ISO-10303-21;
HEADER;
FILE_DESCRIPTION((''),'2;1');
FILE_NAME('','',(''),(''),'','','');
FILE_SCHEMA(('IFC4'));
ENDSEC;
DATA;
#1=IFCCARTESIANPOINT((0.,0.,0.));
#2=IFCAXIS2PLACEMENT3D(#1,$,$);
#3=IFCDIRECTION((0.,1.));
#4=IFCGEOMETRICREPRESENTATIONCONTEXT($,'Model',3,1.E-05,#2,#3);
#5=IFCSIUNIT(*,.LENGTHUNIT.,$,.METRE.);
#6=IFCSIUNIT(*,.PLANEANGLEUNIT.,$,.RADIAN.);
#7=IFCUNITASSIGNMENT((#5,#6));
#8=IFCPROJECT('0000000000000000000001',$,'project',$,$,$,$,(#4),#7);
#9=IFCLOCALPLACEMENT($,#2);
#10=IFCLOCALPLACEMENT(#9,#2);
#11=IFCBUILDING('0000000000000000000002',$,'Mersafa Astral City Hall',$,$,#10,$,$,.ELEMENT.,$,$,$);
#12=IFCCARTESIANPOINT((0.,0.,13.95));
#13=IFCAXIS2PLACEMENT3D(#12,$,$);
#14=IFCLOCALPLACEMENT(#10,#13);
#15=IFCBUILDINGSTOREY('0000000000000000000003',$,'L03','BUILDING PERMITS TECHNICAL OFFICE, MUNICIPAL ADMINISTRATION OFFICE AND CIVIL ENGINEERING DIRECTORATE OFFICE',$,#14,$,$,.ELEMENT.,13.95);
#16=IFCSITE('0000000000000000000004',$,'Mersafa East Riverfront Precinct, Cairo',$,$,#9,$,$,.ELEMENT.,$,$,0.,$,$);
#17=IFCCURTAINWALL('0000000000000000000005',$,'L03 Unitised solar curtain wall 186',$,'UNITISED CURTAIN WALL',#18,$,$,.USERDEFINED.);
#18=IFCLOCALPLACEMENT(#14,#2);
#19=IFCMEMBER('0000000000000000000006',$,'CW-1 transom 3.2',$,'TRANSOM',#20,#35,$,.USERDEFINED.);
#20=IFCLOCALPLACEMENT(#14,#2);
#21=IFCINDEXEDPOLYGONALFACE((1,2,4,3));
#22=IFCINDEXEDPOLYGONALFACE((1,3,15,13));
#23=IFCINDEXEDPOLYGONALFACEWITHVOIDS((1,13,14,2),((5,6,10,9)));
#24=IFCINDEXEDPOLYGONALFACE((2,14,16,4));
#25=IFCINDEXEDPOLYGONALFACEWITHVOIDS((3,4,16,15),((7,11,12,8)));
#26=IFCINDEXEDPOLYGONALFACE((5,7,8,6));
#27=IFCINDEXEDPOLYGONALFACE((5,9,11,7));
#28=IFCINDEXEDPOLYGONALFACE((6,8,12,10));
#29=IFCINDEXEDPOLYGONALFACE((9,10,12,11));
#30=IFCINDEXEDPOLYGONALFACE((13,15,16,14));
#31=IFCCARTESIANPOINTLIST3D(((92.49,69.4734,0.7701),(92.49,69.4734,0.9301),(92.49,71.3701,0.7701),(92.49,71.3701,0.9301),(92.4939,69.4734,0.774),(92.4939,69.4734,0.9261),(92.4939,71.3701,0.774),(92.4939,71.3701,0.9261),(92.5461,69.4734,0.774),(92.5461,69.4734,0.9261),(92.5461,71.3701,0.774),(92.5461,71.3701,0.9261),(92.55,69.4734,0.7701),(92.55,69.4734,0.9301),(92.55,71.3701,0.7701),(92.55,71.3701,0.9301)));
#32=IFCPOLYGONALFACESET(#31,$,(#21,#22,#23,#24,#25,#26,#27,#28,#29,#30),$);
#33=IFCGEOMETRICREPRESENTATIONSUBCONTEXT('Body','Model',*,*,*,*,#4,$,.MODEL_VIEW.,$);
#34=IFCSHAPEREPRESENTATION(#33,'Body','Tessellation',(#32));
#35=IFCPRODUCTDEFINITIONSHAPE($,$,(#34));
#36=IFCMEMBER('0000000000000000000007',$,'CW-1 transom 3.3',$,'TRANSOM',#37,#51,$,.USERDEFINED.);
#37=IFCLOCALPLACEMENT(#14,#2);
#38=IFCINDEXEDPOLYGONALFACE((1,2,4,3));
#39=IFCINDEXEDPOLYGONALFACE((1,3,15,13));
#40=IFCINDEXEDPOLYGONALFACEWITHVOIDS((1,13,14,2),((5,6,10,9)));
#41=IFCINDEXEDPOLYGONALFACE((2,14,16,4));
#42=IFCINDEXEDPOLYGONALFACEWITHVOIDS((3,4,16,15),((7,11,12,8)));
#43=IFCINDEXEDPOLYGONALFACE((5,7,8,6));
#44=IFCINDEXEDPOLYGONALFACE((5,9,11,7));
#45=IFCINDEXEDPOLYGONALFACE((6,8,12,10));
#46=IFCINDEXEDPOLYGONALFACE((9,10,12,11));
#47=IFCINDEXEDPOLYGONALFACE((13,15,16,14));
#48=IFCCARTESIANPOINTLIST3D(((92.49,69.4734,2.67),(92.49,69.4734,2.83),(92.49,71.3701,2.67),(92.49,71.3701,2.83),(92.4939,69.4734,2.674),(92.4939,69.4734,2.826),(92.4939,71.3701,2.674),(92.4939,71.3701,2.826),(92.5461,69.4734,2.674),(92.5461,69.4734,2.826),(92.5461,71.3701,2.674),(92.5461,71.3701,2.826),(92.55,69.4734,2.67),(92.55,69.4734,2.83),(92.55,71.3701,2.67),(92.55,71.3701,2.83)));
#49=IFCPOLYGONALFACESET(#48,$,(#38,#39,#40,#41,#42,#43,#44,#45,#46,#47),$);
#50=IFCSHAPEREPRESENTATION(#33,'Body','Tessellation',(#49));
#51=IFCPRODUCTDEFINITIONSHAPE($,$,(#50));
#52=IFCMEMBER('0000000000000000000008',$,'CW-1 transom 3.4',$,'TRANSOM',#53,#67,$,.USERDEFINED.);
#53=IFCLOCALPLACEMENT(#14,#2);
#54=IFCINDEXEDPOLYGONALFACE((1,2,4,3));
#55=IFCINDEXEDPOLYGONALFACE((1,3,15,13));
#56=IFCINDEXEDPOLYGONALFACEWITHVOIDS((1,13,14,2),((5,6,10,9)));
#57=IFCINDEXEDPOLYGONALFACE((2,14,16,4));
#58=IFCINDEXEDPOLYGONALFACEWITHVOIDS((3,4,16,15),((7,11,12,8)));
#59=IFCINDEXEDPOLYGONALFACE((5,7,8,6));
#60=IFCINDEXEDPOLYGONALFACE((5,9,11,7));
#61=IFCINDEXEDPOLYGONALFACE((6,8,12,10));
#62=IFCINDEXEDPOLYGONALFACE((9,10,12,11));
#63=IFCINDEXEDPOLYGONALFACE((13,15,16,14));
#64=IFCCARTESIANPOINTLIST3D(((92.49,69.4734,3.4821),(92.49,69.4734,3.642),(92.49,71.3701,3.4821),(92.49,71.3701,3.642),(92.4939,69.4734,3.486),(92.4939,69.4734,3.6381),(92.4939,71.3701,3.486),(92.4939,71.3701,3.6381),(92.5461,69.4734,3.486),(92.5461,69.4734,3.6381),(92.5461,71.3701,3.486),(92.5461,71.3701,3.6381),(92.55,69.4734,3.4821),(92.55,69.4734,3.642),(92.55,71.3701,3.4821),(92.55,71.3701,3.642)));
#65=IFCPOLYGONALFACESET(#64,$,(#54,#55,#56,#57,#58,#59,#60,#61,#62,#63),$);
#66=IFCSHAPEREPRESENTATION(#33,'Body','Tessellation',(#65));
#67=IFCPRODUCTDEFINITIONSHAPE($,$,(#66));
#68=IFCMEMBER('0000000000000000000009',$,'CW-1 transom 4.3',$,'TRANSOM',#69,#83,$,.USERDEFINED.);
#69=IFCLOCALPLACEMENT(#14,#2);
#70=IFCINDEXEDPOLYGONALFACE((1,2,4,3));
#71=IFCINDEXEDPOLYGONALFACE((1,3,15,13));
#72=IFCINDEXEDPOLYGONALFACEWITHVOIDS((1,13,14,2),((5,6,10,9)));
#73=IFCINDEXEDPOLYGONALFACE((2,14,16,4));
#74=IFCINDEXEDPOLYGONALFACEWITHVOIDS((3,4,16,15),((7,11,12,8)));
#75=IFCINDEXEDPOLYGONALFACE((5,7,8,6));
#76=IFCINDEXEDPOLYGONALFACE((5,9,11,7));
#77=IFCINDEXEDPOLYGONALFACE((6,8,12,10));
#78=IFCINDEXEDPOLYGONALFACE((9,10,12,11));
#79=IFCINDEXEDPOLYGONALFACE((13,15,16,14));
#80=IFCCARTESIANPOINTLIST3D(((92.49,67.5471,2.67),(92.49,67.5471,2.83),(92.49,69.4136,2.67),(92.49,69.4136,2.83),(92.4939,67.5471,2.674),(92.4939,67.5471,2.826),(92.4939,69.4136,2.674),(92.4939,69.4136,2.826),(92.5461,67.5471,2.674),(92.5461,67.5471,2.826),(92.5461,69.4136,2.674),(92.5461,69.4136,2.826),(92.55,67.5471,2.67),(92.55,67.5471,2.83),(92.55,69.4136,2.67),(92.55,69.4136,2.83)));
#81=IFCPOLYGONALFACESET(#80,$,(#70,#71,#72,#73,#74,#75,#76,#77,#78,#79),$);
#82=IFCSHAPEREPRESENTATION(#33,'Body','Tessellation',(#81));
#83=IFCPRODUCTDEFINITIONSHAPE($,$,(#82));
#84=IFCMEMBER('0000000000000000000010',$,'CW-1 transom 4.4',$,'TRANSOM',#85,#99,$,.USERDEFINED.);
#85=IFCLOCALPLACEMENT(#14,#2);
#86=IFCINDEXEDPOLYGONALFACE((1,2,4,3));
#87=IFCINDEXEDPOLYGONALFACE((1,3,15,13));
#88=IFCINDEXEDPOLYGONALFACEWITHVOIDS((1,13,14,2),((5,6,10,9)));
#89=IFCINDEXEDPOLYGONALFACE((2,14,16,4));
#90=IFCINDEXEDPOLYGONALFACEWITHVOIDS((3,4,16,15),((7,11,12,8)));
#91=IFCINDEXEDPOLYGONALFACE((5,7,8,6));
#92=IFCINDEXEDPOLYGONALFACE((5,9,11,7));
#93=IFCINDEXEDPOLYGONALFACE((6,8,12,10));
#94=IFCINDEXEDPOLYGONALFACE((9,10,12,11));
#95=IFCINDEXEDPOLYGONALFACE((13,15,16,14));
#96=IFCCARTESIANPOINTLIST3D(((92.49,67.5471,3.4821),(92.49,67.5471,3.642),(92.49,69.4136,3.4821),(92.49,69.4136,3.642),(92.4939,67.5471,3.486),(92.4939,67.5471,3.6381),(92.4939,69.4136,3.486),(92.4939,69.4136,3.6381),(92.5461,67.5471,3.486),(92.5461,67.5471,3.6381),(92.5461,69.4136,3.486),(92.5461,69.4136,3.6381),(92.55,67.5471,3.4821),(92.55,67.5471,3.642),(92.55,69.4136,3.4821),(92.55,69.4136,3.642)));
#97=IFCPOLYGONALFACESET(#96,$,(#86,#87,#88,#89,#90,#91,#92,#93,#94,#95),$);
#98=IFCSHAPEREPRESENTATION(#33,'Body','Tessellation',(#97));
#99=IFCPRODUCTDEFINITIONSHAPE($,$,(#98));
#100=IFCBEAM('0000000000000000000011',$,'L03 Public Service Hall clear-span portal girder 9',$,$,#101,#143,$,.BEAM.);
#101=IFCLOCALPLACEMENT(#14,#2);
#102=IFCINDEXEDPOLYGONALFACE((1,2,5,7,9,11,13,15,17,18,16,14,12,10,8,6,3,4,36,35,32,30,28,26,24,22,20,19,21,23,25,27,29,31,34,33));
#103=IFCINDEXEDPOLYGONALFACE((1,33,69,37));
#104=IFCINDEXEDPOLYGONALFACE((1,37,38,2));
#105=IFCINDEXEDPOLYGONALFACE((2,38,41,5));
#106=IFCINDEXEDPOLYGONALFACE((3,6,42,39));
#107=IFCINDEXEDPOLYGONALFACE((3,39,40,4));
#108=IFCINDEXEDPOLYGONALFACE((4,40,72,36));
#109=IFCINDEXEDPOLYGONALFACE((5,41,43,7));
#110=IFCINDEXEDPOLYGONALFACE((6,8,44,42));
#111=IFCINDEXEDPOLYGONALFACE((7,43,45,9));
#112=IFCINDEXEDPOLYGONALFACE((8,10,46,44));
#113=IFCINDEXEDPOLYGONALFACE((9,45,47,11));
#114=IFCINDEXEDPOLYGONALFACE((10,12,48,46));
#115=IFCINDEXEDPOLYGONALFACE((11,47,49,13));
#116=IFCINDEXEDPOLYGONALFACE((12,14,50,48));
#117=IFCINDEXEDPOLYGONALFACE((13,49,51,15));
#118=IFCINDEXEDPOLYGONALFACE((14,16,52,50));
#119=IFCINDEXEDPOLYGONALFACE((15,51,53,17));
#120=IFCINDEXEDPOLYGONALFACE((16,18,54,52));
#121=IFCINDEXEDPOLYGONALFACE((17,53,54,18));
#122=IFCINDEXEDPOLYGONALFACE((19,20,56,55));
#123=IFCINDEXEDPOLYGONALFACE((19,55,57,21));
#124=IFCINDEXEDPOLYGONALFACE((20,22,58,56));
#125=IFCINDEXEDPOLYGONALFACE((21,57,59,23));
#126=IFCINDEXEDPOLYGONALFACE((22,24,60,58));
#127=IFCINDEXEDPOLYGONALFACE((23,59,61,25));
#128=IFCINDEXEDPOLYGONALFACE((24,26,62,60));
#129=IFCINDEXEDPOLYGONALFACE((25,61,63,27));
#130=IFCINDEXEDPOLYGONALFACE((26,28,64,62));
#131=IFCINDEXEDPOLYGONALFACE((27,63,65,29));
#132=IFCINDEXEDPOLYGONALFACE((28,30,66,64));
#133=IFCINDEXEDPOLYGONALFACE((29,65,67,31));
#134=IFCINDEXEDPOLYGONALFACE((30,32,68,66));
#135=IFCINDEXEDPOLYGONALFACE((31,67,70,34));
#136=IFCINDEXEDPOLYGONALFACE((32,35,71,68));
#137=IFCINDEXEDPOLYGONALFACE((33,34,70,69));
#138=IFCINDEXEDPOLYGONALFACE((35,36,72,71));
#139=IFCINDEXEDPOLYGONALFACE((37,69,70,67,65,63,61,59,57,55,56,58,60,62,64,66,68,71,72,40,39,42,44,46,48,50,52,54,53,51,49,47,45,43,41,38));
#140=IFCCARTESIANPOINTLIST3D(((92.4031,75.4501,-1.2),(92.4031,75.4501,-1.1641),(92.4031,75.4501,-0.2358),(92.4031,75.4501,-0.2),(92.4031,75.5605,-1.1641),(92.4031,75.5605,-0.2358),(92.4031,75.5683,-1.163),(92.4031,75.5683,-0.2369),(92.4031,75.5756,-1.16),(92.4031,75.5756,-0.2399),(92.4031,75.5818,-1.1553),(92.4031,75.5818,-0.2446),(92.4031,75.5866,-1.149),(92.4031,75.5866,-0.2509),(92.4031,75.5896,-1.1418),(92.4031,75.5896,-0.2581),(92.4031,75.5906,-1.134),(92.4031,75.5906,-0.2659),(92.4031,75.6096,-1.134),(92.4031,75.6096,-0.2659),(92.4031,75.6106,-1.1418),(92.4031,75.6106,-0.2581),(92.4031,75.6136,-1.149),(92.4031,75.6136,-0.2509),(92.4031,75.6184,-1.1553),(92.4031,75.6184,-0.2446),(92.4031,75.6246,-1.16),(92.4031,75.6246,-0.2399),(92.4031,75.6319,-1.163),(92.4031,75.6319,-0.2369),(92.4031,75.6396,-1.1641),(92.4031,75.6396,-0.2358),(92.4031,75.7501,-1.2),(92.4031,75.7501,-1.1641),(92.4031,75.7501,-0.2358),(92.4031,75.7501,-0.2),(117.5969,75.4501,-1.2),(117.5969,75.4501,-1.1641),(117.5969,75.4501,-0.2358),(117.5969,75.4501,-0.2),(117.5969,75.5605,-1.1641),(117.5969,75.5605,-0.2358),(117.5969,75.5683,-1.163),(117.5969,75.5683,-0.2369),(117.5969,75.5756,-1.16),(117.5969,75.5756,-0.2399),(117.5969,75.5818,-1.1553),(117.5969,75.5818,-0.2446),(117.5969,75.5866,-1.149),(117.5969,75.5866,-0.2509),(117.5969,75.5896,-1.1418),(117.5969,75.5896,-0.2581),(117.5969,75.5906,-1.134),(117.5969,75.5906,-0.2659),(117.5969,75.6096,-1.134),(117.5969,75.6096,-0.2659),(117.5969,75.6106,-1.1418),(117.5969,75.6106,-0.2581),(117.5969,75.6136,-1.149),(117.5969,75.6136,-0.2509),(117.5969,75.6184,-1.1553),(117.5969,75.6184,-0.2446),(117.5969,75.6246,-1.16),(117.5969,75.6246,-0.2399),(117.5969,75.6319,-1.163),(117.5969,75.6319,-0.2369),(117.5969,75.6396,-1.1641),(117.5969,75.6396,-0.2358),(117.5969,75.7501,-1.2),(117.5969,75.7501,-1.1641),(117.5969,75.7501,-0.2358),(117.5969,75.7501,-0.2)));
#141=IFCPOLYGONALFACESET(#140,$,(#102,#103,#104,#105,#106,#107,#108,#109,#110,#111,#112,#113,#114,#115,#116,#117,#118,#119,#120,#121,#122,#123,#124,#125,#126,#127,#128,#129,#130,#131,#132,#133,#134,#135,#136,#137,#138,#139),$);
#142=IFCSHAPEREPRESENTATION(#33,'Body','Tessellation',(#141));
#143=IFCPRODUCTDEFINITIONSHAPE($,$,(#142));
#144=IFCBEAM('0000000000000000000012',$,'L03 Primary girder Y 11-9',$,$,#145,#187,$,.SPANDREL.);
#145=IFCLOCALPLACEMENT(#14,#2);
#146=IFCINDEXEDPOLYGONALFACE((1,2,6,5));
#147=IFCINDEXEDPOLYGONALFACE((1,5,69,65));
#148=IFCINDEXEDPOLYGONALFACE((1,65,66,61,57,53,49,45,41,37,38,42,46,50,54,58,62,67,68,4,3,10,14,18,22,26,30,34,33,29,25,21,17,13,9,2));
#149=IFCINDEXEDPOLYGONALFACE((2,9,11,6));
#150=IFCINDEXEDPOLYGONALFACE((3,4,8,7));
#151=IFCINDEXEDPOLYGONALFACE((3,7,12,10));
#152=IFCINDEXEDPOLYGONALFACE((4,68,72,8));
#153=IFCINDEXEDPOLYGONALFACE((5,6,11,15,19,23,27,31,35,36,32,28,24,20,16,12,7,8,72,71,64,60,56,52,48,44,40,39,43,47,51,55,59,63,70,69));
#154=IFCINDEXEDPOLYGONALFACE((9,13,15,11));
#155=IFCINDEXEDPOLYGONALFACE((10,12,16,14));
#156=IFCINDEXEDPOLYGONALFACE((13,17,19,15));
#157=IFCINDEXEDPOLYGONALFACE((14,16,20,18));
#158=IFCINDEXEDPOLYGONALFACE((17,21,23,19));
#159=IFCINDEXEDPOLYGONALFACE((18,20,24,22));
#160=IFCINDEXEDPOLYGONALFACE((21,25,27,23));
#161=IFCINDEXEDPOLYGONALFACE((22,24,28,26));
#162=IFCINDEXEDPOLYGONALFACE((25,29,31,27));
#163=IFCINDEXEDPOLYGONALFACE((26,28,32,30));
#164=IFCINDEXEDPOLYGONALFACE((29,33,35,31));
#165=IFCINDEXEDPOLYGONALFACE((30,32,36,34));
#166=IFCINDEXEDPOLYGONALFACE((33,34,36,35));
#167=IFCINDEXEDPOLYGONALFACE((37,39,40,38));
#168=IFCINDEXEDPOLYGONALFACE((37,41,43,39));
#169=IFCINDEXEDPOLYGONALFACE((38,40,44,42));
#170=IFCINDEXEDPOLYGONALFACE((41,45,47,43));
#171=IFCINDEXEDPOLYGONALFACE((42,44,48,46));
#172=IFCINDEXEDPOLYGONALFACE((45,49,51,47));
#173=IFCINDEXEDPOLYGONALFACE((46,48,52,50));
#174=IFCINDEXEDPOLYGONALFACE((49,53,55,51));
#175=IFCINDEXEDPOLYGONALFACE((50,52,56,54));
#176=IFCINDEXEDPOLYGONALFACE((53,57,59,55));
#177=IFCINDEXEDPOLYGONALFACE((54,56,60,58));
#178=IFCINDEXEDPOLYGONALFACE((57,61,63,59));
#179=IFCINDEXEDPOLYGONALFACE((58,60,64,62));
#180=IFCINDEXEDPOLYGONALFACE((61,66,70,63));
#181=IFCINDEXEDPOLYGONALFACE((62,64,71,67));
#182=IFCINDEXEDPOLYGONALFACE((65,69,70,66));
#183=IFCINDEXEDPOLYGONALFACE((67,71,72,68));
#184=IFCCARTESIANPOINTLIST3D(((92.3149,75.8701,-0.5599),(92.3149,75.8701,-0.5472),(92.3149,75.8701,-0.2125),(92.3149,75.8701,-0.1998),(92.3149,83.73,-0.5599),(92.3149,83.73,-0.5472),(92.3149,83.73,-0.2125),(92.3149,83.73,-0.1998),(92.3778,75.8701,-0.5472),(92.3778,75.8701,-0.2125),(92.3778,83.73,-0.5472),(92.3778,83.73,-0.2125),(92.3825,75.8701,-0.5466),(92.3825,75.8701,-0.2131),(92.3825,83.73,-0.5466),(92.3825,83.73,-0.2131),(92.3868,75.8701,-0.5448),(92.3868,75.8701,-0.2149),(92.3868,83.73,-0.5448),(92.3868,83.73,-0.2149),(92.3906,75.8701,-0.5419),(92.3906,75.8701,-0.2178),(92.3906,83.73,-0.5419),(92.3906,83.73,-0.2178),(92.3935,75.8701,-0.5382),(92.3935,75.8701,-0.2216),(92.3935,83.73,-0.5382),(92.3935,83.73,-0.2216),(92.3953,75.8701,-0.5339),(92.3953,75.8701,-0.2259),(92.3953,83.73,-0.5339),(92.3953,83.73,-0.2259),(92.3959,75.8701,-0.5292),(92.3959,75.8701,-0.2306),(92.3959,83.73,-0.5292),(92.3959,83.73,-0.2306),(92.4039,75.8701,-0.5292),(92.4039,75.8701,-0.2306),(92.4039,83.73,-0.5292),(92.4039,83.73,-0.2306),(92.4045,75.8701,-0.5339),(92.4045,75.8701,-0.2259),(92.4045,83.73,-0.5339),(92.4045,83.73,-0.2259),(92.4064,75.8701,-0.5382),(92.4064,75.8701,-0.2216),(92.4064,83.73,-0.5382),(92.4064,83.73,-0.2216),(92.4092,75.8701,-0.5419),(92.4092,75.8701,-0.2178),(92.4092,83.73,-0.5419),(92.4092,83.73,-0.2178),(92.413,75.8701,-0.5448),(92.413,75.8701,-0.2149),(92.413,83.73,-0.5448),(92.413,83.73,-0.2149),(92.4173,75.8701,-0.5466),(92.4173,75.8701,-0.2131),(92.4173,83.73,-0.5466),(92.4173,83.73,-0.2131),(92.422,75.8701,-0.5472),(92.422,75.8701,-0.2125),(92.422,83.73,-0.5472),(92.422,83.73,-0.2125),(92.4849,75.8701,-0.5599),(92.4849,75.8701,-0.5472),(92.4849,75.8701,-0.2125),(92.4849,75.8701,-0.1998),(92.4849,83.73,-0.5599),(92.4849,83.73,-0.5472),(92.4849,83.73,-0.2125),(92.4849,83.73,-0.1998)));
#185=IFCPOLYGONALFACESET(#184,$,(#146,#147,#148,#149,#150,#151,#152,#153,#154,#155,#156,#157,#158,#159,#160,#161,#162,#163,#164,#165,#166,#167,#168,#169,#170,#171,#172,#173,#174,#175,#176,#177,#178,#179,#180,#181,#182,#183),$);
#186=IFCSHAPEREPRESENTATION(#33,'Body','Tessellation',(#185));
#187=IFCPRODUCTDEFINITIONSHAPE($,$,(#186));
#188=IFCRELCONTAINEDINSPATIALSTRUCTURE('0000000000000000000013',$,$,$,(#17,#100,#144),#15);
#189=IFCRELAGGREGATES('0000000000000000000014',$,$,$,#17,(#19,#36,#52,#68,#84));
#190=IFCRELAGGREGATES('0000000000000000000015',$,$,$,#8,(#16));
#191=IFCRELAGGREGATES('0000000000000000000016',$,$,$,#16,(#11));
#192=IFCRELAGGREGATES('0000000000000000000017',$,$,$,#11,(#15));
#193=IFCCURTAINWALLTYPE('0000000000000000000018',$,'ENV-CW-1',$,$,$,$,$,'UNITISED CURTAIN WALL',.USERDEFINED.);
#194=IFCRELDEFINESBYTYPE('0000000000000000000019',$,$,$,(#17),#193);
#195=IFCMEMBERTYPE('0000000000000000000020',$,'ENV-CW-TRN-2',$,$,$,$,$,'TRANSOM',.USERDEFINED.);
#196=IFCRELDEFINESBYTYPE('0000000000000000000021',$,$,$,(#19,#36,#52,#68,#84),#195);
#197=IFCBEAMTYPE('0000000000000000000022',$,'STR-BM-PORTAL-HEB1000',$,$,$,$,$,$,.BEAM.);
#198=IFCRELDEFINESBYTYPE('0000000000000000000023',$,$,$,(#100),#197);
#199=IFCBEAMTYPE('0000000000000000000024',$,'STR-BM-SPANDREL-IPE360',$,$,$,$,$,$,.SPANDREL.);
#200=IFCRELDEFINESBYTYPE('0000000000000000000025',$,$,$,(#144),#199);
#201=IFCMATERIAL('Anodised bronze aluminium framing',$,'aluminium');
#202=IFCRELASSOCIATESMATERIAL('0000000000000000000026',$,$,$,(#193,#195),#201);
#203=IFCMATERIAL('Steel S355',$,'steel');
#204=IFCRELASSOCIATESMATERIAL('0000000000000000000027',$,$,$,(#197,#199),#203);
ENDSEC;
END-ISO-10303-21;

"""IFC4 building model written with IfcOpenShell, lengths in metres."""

from ifc_helpers import new_model, si_unit, direction, frame, origin, origin_2d, place, context, subcontext, project, spatial, hollow_rectangle, i_section, extrude, material, material_profile, profile_set, type_object, element, aggregate, save


model = new_model("IFC4")

# Units and contexts
model_context = context("Model", 3, precision=1e-05, world=origin(), true_north=direction((0.0, 1.0)))
body_context = subcontext(model_context, "Body", "Model", "MODEL_VIEW")
ifc_project = project(units=[si_unit("LENGTHUNIT", "METRE"), si_unit("PLANEANGLEUNIT", "RADIAN")], contexts=[model_context])

# Site, building, storey
site_placement = place(None, origin())
site = spatial("IfcSite", under=ifc_project, at=site_placement, Name="Mersafa East Riverfront Precinct, Cairo", CompositionType="ELEMENT", RefElevation=0.0)
building_placement = place(site_placement, origin())
building = spatial("IfcBuilding", under=site, at=building_placement, Name="Mersafa Astral City Hall", CompositionType="ELEMENT")
storey_placement = place(building_placement, frame((0.0, 0.0, 13.95)))
storey = spatial("IfcBuildingStorey", under=building, at=storey_placement, Name="L03", Description="BUILDING PERMITS TECHNICAL OFFICE, MUNICIPAL ADMINISTRATION OFFICE AND CIVIL ENGINEERING DIRECTORATE OFFICE", CompositionType="ELEMENT", Elevation=13.95)

# Shared definitions
ifc_material_1 = material(Name="Steel S355", Category="steel")

# Curtain wall, members
ifc_material_2 = material(Name="Anodised bronze aluminium framing", Category="aluminium")
curtain_wall_type = type_object("IfcCurtainWallType", Name="ENV-CW-1", ElementType="UNITISED CURTAIN WALL", PredefinedType="USERDEFINED", material=ifc_material_2)
curtain_wall_placement = place(storey_placement, origin())
curtain_wall = element("IfcCurtainWall", 1, at=curtain_wall_placement, inside=storey, type_object=curtain_wall_type, Name="L03 Unitised solar curtain wall 186", ObjectType="UNITISED CURTAIN WALL", PredefinedType="USERDEFINED")
ifc_material_profile_1 = material_profile(ifc_material_2, hollow_rectangle(XDim=0.0601, YDim=0.1599, WallThickness=0.0039, at=origin_2d()), Name="RHS 60x160x4")
ifc_profile_set_1 = profile_set([ifc_material_profile_1], Name="Anodised bronze aluminium framing")
member_type_1 = type_object("IfcMemberType", Name="ENV-CW-TRN-2", ElementType="TRANSOM", PredefinedType="USERDEFINED", material=ifc_profile_set_1)
member_1_placement = place(storey_placement, frame((92.52, 71.3701, 0.8501), z_axis=(0.0, -1.0, 0.0), x_axis=(1.0, 0.0, 0.0)))
member_1 = element("IfcMember", 2, at=member_1_placement, type_object=member_type_1, Name="CW-1 transom 3.2", ObjectType="TRANSOM", PredefinedType="USERDEFINED", context=body_context, shape_type="SweptSolid", body=[
    extrude(hollow_rectangle(XDim=0.0601, YDim=0.1599, WallThickness=0.0039, at=origin_2d()), origin(), (0.0, 0.0, 1.0), 1.8967),
])
member_2_placement = place(storey_placement, frame((92.52, 71.3701, 2.75), z_axis=(0.0, -1.0, 0.0), x_axis=(1.0, 0.0, 0.0)))
member_2 = element("IfcMember", 3, at=member_2_placement, type_object=member_type_1, Name="CW-1 transom 3.3", ObjectType="TRANSOM", PredefinedType="USERDEFINED", context=body_context, shape_type="SweptSolid", body=[
    extrude(hollow_rectangle(XDim=0.0601, YDim=0.1599, WallThickness=0.0039, at=origin_2d()), origin(), (0.0, 0.0, 1.0), 1.8967),
])
member_3_placement = place(storey_placement, frame((92.52, 71.3701, 3.562), z_axis=(0.0, -1.0, 0.0), x_axis=(1.0, 0.0, 0.0)))
member_3 = element("IfcMember", 4, at=member_3_placement, type_object=member_type_1, Name="CW-1 transom 3.4", ObjectType="TRANSOM", PredefinedType="USERDEFINED", context=body_context, shape_type="SweptSolid", body=[
    extrude(hollow_rectangle(XDim=0.0601, YDim=0.1599, WallThickness=0.0039, at=origin_2d()), origin(), (0.0, 0.0, 1.0), 1.8967),
])
member_4_placement = place(storey_placement, frame((92.52, 69.4136, 2.75), z_axis=(0.0, -1.0, 0.0), x_axis=(1.0, 0.0, 0.0)))
member_4 = element("IfcMember", 5, at=member_4_placement, type_object=member_type_1, Name="CW-1 transom 4.3", ObjectType="TRANSOM", PredefinedType="USERDEFINED", context=body_context, shape_type="SweptSolid", body=[
    extrude(hollow_rectangle(XDim=0.0601, YDim=0.1599, WallThickness=0.0039, at=origin_2d()), origin(), (0.0, 0.0, 1.0), 1.8665),
])
member_5_placement = place(storey_placement, frame((92.52, 69.4136, 3.562), z_axis=(0.0, -1.0, 0.0), x_axis=(1.0, 0.0, 0.0)))
member_5 = element("IfcMember", 6, at=member_5_placement, type_object=member_type_1, Name="CW-1 transom 4.4", ObjectType="TRANSOM", PredefinedType="USERDEFINED", context=body_context, shape_type="SweptSolid", body=[
    extrude(hollow_rectangle(XDim=0.0601, YDim=0.1599, WallThickness=0.0039, at=origin_2d()), origin(), (0.0, 0.0, 1.0), 1.8665),
])

# Beams
ifc_material_profile_2 = material_profile(ifc_material_1, i_section(OverallWidth=0.3, OverallDepth=1.0, WebThickness=0.019, FlangeThickness=0.0359, FilletRadius=0.03, at=origin_2d()), Name="HEB 1000")
ifc_profile_set_2 = profile_set([ifc_material_profile_2], Name="Steel S355")
beam_type_1 = type_object("IfcBeamType", Name="STR-BM-PORTAL-HEB1000", PredefinedType="BEAM", material=ifc_profile_set_2)
beam_1_placement = place(storey_placement, frame((92.4031, 75.6001, -0.7), z_axis=(1.0, 0.0, 0.0), x_axis=(0.0, 1.0, 0.0)))
element("IfcBeam", 7, at=beam_1_placement, inside=storey, type_object=beam_type_1, Name="L03 Public Service Hall clear-span portal girder 9", PredefinedType="BEAM", context=body_context, shape_type="SweptSolid", body=[
    extrude(i_section(OverallWidth=0.3, OverallDepth=1.0, WebThickness=0.019, FlangeThickness=0.0359, FilletRadius=0.03, at=origin_2d()), origin(), (0.0, 0.0, 1.0), 25.1938),
])
ifc_material_profile_3 = material_profile(ifc_material_1, i_section(OverallWidth=0.1699, OverallDepth=0.3601, WebThickness=0.0081, FlangeThickness=0.0127, FilletRadius=0.0181, at=origin_2d()), Name="IPE 360")
ifc_profile_set_3 = profile_set([ifc_material_profile_3], Name="Steel S355")
beam_type_2 = type_object("IfcBeamType", Name="STR-BM-SPANDREL-IPE360", PredefinedType="SPANDREL", material=ifc_profile_set_3)
beam_2_placement = place(storey_placement, frame((92.3999, 75.8701, -0.3799), z_axis=(0.0, 1.0, 0.0), x_axis=(-1.0, 0.0, 0.0)))
element("IfcBeam", 8, at=beam_2_placement, inside=storey, type_object=beam_type_2, Name="L03 Primary girder Y 11-9", PredefinedType="SPANDREL", context=body_context, shape_type="SweptSolid", body=[
    extrude(i_section(OverallWidth=0.1699, OverallDepth=0.3601, WebThickness=0.0081, FlangeThickness=0.0127, FilletRadius=0.0181, at=origin_2d()), origin(), (0.0, 0.0, 1.0), 7.8599),
])

aggregate(curtain_wall, [member_1, member_2, member_3, member_4, member_5])

save(model, "model.ifc")
